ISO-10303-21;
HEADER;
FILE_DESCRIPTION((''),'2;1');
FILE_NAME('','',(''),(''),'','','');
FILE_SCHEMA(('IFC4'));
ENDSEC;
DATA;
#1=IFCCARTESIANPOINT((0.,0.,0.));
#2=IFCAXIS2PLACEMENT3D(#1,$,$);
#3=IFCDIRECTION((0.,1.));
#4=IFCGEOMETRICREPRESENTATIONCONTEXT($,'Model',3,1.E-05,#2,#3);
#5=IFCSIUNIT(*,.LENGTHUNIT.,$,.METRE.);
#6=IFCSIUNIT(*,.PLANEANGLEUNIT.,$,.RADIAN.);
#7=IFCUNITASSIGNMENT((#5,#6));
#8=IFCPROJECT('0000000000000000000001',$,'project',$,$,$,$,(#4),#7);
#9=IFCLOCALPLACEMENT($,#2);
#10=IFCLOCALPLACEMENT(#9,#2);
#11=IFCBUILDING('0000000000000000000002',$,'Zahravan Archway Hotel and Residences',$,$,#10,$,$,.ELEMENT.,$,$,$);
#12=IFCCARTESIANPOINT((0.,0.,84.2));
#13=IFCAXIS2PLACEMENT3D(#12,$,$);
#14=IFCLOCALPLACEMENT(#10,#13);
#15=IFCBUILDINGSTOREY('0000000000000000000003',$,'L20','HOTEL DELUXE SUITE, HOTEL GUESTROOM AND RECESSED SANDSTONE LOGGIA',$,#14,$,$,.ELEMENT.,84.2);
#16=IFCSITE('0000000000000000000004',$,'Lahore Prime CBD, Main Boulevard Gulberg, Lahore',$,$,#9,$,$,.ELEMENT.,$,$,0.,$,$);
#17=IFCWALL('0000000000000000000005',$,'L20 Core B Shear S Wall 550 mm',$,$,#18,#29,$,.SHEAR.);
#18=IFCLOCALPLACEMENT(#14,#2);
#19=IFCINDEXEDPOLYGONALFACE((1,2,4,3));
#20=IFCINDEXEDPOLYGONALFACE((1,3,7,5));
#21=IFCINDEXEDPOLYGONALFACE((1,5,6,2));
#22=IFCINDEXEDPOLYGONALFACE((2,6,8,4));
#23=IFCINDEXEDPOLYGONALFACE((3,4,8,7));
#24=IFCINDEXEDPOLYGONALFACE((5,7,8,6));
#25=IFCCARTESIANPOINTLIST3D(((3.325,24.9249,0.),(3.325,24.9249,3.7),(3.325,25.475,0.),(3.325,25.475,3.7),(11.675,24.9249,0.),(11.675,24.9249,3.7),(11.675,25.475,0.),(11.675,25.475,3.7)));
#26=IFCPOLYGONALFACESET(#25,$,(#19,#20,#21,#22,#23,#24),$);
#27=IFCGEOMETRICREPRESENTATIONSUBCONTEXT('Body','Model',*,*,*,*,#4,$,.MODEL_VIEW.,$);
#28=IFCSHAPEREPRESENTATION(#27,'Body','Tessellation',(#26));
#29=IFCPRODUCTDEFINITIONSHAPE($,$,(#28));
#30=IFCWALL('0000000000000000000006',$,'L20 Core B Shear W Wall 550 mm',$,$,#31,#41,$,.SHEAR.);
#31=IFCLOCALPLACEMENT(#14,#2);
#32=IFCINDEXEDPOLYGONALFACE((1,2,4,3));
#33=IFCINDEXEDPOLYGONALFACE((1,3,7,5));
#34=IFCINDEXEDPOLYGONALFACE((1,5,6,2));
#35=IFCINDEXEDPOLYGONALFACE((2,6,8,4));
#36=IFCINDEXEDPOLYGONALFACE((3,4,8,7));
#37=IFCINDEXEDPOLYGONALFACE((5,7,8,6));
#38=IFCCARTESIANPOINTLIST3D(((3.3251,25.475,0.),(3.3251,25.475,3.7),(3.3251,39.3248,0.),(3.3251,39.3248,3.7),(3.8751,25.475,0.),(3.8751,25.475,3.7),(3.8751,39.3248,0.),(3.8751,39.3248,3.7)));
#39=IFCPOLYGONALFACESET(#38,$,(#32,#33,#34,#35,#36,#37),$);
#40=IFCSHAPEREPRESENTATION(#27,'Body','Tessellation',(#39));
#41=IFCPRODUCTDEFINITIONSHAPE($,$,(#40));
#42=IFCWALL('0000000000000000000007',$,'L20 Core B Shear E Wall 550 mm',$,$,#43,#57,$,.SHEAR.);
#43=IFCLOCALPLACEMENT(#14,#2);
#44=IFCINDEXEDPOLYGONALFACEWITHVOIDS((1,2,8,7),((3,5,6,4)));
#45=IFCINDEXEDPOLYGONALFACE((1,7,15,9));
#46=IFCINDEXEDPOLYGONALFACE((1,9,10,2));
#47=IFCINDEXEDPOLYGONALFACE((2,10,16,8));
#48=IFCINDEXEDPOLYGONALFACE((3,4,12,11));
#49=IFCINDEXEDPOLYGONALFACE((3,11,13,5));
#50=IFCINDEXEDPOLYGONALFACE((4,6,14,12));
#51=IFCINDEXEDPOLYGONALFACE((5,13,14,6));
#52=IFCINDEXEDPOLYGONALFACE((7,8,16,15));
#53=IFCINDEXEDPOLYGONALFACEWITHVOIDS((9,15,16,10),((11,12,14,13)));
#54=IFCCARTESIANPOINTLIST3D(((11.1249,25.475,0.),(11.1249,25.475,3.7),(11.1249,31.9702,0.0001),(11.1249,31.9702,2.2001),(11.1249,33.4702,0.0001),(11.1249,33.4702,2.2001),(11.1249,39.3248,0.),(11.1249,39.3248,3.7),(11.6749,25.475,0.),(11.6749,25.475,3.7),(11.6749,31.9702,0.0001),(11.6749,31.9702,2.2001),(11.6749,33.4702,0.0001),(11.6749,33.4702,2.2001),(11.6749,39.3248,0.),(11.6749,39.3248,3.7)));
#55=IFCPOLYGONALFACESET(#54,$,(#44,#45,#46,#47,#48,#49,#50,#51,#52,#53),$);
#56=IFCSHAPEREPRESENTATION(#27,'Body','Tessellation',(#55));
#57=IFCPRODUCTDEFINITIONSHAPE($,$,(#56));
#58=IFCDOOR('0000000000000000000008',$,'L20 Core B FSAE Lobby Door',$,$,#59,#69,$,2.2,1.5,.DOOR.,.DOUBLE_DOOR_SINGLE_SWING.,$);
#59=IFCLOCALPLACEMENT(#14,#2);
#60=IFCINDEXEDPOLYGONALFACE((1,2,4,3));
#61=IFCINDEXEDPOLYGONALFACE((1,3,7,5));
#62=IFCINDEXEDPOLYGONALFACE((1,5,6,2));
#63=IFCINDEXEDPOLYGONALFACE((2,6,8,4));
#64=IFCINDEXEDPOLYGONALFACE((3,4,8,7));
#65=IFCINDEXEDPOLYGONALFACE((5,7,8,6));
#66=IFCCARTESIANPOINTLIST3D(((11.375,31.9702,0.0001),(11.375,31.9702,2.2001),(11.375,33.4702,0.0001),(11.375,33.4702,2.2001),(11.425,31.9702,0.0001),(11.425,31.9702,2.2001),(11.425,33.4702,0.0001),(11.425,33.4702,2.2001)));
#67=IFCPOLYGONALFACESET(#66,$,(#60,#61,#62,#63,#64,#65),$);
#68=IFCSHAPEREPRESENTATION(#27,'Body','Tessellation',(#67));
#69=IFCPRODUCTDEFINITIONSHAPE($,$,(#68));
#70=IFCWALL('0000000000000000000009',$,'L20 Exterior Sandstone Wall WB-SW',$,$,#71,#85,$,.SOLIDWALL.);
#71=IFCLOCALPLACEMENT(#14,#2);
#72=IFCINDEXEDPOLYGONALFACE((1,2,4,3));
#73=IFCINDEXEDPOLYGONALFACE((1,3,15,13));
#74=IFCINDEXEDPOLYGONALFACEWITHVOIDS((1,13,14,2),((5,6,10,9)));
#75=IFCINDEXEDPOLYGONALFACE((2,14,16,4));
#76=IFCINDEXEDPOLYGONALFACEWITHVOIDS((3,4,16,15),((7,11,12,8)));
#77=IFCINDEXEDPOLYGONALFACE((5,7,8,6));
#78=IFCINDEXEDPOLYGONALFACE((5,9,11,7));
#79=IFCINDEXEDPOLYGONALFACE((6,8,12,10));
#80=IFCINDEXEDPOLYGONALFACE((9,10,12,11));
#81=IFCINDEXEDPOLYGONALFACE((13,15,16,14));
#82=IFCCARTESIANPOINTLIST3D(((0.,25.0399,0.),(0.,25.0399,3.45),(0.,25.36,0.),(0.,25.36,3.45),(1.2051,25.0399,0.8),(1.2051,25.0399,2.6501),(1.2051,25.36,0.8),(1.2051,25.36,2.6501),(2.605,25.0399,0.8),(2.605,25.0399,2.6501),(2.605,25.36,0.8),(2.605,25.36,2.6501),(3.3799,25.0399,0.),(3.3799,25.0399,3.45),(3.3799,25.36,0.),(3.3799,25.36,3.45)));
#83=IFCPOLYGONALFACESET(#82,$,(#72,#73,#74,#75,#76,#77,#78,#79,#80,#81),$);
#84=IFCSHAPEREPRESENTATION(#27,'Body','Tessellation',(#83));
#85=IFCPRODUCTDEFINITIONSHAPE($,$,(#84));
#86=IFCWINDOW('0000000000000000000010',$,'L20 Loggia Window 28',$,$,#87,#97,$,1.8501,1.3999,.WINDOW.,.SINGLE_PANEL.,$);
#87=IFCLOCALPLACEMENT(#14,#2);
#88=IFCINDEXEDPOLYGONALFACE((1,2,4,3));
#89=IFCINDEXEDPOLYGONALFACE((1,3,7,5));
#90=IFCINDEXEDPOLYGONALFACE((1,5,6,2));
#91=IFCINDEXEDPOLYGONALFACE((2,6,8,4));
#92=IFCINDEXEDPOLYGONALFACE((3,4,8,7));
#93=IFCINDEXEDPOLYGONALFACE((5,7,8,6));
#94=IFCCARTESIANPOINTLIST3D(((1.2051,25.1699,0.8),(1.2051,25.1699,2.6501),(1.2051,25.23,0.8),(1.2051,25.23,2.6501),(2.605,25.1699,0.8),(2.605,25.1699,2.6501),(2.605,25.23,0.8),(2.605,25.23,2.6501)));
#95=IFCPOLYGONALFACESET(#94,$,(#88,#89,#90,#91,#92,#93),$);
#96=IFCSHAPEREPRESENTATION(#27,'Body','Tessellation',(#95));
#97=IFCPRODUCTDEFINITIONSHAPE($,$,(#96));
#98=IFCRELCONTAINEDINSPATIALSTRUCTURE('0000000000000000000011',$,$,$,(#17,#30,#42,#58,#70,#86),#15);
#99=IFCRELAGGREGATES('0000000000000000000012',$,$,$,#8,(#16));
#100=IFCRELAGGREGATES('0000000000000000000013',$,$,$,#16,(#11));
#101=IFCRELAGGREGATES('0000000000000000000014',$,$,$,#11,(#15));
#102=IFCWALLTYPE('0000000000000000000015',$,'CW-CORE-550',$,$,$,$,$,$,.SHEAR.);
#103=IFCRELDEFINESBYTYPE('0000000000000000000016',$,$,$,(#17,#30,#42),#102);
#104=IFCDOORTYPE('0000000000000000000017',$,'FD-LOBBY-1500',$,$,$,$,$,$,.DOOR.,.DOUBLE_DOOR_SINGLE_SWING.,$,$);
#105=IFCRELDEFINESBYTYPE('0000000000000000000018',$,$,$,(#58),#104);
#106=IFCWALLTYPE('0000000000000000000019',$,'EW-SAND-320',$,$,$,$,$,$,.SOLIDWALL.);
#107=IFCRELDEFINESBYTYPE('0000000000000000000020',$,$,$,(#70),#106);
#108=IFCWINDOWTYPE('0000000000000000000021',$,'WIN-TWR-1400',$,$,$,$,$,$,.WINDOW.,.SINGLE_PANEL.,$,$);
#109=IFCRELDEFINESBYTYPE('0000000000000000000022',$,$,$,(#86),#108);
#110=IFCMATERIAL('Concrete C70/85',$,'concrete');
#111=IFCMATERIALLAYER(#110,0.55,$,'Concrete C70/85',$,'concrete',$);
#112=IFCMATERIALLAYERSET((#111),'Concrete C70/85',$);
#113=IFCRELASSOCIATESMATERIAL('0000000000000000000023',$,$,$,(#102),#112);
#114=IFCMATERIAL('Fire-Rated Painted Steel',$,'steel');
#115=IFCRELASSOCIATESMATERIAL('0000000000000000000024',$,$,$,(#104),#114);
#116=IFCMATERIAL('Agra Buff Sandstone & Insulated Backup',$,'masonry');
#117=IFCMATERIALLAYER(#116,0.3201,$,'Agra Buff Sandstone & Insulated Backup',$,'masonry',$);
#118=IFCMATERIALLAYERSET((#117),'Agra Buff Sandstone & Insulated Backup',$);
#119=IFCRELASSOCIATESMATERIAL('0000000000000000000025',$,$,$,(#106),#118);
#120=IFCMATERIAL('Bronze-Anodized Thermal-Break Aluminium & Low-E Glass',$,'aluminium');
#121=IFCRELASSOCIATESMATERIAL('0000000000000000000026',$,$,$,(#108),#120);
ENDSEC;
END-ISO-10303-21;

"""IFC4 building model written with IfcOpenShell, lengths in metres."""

from ifc_helpers import new_model, si_unit, direction, frame, frame_2d, origin, place, context, subcontext, project, spatial, rectangle, extrude, source, transform, mapped, material, layer, layer_set, type_object, type_shapes, element, fill, save


model = new_model("IFC4")

# Units and contexts
model_context = context("Model", 3, precision=1e-05, world=origin(), true_north=direction((0.0, 1.0)))
body_context = subcontext(model_context, "Body", "Model", "MODEL_VIEW")
ifc_project = project(units=[si_unit("LENGTHUNIT", "METRE"), si_unit("PLANEANGLEUNIT", "RADIAN")], contexts=[model_context])

# Site, building, storey
site_placement = place(None, origin())
site = spatial("IfcSite", under=ifc_project, at=site_placement, Name="Lahore Prime CBD, Main Boulevard Gulberg, Lahore", CompositionType="ELEMENT", RefElevation=0.0)
building_placement = place(site_placement, origin())
building = spatial("IfcBuilding", under=site, at=building_placement, Name="Zahravan Archway Hotel and Residences", CompositionType="ELEMENT")
storey_placement = place(building_placement, frame((0.0, 0.0, 84.2)))
storey = spatial("IfcBuildingStorey", under=building, at=storey_placement, Name="L20", Description="HOTEL DELUXE SUITE, HOTEL GUESTROOM AND RECESSED SANDSTONE LOGGIA", CompositionType="ELEMENT", Elevation=84.2)

# Shared definitions
ifc_material_1 = material(Name="Concrete C70/85", Category="concrete")

# Walls
ifc_layer_1 = layer(ifc_material_1, 0.55, Name="Concrete C70/85", Category="concrete")
ifc_layer_set_1 = layer_set([ifc_layer_1], Name="Concrete C70/85")
wall_type_1 = type_object("IfcWallType", Name="CW-CORE-550", PredefinedType="SHEAR", material=ifc_layer_set_1)
wall_1_placement = place(storey_placement, frame((3.325, 25.2, 0.0), z_axis=(0.0, 0.0, 1.0), x_axis=(1.0, 0.0, 0.0)))
element("IfcWall", 1, at=wall_1_placement, inside=storey, type_object=wall_type_1, Name="L20 Core B Shear S Wall 550 mm", PredefinedType="SHEAR", context=body_context, shape_type="SweptSolid", body=[
    extrude(rectangle(XDim=8.3501, YDim=0.55, at=frame_2d((4.175, 0.0))), origin(), (0.0, 0.0, 1.0), 3.7),
])
wall_2_placement = place(storey_placement, frame((3.6001, 25.4751, 0.0), z_axis=(0.0, 0.0, 1.0), x_axis=(0.0, 1.0, 0.0)))
element("IfcWall", 2, at=wall_2_placement, inside=storey, type_object=wall_type_1, Name="L20 Core B Shear W Wall 550 mm", PredefinedType="SHEAR", context=body_context, shape_type="SweptSolid", body=[
    extrude(rectangle(XDim=13.8499, YDim=0.55, at=frame_2d((6.9248, 0.0))), origin(), (0.0, 0.0, 1.0), 3.7),
])

# Wall, opening, door
wall_3_placement = place(storey_placement, frame((11.3999, 25.4751, 0.0), z_axis=(0.0, 0.0, 1.0), x_axis=(0.0, 1.0, 0.0)))
wall_3 = element("IfcWall", 3, at=wall_3_placement, inside=storey, type_object=wall_type_1, Name="L20 Core B Shear E Wall 550 mm", PredefinedType="SHEAR", context=body_context, shape_type="SweptSolid", body=[
    extrude(rectangle(XDim=13.8499, YDim=0.55, at=frame_2d((6.9248, 0.0))), origin(), (0.0, 0.0, 1.0), 3.7),
])
opening_1_placement = place(wall_3_placement, frame((6.4951, 0.0, 0.0)))
opening_1 = element("IfcOpeningElement", 4, at=opening_1_placement, cuts=wall_3, PredefinedType="OPENING", context=body_context, shape_type="SweptSolid", body=[
    extrude(rectangle(XDim=1.5, YDim=2.2, at=frame_2d((0.75, 1.1001))), frame((0.0, 0.2852, 0.0), z_axis=(0.0, -1.0, 0.0), x_axis=(1.0, 0.0, 0.0)), (0.0, 0.0, 1.0), 0.5701),
])
ifc_material_2 = material(Name="Fire-Rated Painted Steel", Category="steel")
door_type_1 = type_object("IfcDoorType", Name="FD-LOBBY-1500", OperationType="DOUBLE_DOOR_SINGLE_SWING", PredefinedType="DOOR", material=ifc_material_2)
shared_shape_1 = source(origin(), body_context, "Body", "SweptSolid", [
    extrude(rectangle(XDim=1.5, YDim=2.2, at=frame_2d((0.75, 1.1001))), frame((0.0, 0.0249, 0.0), z_axis=(0.0, -1.0, 0.0), x_axis=(1.0, 0.0, 0.0)), (0.0, 0.0, 1.0), 0.05),
])
type_shapes(door_type_1, [shared_shape_1])
door_1_placement = place(opening_1_placement, origin())
door_1 = element("IfcDoor", 5, at=door_1_placement, inside=storey, type_object=door_type_1, Name="L20 Core B FSAE Lobby Door", OperationType="DOUBLE_DOOR_SINGLE_SWING", OverallHeight=2.2, OverallWidth=1.5, PredefinedType="DOOR", context=body_context, shape_type="MappedRepresentation", body=[
    mapped(shared_shape_1, transform((0.0, 0.0, 0.0), scale=1.0)),
])
fill(opening_1, door_1)

# Wall, opening, window
ifc_material_3 = material(Name="Agra Buff Sandstone & Insulated Backup", Category="masonry")
ifc_layer_2 = layer(ifc_material_3, 0.3201, Name="Agra Buff Sandstone & Insulated Backup", Category="masonry")
ifc_layer_set_2 = layer_set([ifc_layer_2], Name="Agra Buff Sandstone & Insulated Backup")
wall_type_2 = type_object("IfcWallType", Name="EW-SAND-320", PredefinedType="SOLIDWALL", material=ifc_layer_set_2)
wall_4_placement = place(storey_placement, frame((0.0, 25.2, 0.0), z_axis=(0.0, 0.0, 1.0), x_axis=(1.0, 0.0, 0.0)))
wall_4 = element("IfcWall", 6, at=wall_4_placement, inside=storey, type_object=wall_type_2, Name="L20 Exterior Sandstone Wall WB-SW", PredefinedType="SOLIDWALL", context=body_context, shape_type="SweptSolid", body=[
    extrude(rectangle(XDim=3.3799, YDim=0.3201, at=frame_2d((1.6899, 0.0))), origin(), (0.0, 0.0, 1.0), 3.45),
])
opening_2_placement = place(wall_4_placement, frame((1.2051, 0.0, 0.8)))
opening_2 = element("IfcOpeningElement", 7, at=opening_2_placement, cuts=wall_4, PredefinedType="OPENING", context=body_context, shape_type="SweptSolid", body=[
    extrude(rectangle(XDim=1.3999, YDim=1.8501, at=frame_2d((0.7, 0.925))), frame((0.0, 0.1699, 0.0), z_axis=(0.0, -1.0, 0.0), x_axis=(1.0, 0.0, 0.0)), (0.0, 0.0, 1.0), 0.3401),
])
ifc_material_4 = material(Name="Bronze-Anodized Thermal-Break Aluminium & Low-E Glass", Category="aluminium")
window_type_1 = type_object("IfcWindowType", Name="WIN-TWR-1400", PartitioningType="SINGLE_PANEL", PredefinedType="WINDOW", material=ifc_material_4)
shared_shape_2 = source(origin(), body_context, "Body", "SweptSolid", [
    extrude(rectangle(XDim=1.3999, YDim=1.8501, at=frame_2d((0.7, 0.925))), frame((0.0, 0.03, 0.0), z_axis=(0.0, -1.0, 0.0), x_axis=(1.0, 0.0, 0.0)), (0.0, 0.0, 1.0), 0.0601),
])
type_shapes(window_type_1, [shared_shape_2])
window_1_placement = place(opening_2_placement, origin())
window_1 = element("IfcWindow", 8, at=window_1_placement, inside=storey, type_object=window_type_1, Name="L20 Loggia Window 28", OverallHeight=1.8501, OverallWidth=1.3999, PartitioningType="SINGLE_PANEL", PredefinedType="WINDOW", context=body_context, shape_type="MappedRepresentation", body=[
    mapped(shared_shape_2, transform((0.0, 0.0, 0.0), scale=1.0)),
])
fill(opening_2, window_1)

save(model, "model.ifc")
